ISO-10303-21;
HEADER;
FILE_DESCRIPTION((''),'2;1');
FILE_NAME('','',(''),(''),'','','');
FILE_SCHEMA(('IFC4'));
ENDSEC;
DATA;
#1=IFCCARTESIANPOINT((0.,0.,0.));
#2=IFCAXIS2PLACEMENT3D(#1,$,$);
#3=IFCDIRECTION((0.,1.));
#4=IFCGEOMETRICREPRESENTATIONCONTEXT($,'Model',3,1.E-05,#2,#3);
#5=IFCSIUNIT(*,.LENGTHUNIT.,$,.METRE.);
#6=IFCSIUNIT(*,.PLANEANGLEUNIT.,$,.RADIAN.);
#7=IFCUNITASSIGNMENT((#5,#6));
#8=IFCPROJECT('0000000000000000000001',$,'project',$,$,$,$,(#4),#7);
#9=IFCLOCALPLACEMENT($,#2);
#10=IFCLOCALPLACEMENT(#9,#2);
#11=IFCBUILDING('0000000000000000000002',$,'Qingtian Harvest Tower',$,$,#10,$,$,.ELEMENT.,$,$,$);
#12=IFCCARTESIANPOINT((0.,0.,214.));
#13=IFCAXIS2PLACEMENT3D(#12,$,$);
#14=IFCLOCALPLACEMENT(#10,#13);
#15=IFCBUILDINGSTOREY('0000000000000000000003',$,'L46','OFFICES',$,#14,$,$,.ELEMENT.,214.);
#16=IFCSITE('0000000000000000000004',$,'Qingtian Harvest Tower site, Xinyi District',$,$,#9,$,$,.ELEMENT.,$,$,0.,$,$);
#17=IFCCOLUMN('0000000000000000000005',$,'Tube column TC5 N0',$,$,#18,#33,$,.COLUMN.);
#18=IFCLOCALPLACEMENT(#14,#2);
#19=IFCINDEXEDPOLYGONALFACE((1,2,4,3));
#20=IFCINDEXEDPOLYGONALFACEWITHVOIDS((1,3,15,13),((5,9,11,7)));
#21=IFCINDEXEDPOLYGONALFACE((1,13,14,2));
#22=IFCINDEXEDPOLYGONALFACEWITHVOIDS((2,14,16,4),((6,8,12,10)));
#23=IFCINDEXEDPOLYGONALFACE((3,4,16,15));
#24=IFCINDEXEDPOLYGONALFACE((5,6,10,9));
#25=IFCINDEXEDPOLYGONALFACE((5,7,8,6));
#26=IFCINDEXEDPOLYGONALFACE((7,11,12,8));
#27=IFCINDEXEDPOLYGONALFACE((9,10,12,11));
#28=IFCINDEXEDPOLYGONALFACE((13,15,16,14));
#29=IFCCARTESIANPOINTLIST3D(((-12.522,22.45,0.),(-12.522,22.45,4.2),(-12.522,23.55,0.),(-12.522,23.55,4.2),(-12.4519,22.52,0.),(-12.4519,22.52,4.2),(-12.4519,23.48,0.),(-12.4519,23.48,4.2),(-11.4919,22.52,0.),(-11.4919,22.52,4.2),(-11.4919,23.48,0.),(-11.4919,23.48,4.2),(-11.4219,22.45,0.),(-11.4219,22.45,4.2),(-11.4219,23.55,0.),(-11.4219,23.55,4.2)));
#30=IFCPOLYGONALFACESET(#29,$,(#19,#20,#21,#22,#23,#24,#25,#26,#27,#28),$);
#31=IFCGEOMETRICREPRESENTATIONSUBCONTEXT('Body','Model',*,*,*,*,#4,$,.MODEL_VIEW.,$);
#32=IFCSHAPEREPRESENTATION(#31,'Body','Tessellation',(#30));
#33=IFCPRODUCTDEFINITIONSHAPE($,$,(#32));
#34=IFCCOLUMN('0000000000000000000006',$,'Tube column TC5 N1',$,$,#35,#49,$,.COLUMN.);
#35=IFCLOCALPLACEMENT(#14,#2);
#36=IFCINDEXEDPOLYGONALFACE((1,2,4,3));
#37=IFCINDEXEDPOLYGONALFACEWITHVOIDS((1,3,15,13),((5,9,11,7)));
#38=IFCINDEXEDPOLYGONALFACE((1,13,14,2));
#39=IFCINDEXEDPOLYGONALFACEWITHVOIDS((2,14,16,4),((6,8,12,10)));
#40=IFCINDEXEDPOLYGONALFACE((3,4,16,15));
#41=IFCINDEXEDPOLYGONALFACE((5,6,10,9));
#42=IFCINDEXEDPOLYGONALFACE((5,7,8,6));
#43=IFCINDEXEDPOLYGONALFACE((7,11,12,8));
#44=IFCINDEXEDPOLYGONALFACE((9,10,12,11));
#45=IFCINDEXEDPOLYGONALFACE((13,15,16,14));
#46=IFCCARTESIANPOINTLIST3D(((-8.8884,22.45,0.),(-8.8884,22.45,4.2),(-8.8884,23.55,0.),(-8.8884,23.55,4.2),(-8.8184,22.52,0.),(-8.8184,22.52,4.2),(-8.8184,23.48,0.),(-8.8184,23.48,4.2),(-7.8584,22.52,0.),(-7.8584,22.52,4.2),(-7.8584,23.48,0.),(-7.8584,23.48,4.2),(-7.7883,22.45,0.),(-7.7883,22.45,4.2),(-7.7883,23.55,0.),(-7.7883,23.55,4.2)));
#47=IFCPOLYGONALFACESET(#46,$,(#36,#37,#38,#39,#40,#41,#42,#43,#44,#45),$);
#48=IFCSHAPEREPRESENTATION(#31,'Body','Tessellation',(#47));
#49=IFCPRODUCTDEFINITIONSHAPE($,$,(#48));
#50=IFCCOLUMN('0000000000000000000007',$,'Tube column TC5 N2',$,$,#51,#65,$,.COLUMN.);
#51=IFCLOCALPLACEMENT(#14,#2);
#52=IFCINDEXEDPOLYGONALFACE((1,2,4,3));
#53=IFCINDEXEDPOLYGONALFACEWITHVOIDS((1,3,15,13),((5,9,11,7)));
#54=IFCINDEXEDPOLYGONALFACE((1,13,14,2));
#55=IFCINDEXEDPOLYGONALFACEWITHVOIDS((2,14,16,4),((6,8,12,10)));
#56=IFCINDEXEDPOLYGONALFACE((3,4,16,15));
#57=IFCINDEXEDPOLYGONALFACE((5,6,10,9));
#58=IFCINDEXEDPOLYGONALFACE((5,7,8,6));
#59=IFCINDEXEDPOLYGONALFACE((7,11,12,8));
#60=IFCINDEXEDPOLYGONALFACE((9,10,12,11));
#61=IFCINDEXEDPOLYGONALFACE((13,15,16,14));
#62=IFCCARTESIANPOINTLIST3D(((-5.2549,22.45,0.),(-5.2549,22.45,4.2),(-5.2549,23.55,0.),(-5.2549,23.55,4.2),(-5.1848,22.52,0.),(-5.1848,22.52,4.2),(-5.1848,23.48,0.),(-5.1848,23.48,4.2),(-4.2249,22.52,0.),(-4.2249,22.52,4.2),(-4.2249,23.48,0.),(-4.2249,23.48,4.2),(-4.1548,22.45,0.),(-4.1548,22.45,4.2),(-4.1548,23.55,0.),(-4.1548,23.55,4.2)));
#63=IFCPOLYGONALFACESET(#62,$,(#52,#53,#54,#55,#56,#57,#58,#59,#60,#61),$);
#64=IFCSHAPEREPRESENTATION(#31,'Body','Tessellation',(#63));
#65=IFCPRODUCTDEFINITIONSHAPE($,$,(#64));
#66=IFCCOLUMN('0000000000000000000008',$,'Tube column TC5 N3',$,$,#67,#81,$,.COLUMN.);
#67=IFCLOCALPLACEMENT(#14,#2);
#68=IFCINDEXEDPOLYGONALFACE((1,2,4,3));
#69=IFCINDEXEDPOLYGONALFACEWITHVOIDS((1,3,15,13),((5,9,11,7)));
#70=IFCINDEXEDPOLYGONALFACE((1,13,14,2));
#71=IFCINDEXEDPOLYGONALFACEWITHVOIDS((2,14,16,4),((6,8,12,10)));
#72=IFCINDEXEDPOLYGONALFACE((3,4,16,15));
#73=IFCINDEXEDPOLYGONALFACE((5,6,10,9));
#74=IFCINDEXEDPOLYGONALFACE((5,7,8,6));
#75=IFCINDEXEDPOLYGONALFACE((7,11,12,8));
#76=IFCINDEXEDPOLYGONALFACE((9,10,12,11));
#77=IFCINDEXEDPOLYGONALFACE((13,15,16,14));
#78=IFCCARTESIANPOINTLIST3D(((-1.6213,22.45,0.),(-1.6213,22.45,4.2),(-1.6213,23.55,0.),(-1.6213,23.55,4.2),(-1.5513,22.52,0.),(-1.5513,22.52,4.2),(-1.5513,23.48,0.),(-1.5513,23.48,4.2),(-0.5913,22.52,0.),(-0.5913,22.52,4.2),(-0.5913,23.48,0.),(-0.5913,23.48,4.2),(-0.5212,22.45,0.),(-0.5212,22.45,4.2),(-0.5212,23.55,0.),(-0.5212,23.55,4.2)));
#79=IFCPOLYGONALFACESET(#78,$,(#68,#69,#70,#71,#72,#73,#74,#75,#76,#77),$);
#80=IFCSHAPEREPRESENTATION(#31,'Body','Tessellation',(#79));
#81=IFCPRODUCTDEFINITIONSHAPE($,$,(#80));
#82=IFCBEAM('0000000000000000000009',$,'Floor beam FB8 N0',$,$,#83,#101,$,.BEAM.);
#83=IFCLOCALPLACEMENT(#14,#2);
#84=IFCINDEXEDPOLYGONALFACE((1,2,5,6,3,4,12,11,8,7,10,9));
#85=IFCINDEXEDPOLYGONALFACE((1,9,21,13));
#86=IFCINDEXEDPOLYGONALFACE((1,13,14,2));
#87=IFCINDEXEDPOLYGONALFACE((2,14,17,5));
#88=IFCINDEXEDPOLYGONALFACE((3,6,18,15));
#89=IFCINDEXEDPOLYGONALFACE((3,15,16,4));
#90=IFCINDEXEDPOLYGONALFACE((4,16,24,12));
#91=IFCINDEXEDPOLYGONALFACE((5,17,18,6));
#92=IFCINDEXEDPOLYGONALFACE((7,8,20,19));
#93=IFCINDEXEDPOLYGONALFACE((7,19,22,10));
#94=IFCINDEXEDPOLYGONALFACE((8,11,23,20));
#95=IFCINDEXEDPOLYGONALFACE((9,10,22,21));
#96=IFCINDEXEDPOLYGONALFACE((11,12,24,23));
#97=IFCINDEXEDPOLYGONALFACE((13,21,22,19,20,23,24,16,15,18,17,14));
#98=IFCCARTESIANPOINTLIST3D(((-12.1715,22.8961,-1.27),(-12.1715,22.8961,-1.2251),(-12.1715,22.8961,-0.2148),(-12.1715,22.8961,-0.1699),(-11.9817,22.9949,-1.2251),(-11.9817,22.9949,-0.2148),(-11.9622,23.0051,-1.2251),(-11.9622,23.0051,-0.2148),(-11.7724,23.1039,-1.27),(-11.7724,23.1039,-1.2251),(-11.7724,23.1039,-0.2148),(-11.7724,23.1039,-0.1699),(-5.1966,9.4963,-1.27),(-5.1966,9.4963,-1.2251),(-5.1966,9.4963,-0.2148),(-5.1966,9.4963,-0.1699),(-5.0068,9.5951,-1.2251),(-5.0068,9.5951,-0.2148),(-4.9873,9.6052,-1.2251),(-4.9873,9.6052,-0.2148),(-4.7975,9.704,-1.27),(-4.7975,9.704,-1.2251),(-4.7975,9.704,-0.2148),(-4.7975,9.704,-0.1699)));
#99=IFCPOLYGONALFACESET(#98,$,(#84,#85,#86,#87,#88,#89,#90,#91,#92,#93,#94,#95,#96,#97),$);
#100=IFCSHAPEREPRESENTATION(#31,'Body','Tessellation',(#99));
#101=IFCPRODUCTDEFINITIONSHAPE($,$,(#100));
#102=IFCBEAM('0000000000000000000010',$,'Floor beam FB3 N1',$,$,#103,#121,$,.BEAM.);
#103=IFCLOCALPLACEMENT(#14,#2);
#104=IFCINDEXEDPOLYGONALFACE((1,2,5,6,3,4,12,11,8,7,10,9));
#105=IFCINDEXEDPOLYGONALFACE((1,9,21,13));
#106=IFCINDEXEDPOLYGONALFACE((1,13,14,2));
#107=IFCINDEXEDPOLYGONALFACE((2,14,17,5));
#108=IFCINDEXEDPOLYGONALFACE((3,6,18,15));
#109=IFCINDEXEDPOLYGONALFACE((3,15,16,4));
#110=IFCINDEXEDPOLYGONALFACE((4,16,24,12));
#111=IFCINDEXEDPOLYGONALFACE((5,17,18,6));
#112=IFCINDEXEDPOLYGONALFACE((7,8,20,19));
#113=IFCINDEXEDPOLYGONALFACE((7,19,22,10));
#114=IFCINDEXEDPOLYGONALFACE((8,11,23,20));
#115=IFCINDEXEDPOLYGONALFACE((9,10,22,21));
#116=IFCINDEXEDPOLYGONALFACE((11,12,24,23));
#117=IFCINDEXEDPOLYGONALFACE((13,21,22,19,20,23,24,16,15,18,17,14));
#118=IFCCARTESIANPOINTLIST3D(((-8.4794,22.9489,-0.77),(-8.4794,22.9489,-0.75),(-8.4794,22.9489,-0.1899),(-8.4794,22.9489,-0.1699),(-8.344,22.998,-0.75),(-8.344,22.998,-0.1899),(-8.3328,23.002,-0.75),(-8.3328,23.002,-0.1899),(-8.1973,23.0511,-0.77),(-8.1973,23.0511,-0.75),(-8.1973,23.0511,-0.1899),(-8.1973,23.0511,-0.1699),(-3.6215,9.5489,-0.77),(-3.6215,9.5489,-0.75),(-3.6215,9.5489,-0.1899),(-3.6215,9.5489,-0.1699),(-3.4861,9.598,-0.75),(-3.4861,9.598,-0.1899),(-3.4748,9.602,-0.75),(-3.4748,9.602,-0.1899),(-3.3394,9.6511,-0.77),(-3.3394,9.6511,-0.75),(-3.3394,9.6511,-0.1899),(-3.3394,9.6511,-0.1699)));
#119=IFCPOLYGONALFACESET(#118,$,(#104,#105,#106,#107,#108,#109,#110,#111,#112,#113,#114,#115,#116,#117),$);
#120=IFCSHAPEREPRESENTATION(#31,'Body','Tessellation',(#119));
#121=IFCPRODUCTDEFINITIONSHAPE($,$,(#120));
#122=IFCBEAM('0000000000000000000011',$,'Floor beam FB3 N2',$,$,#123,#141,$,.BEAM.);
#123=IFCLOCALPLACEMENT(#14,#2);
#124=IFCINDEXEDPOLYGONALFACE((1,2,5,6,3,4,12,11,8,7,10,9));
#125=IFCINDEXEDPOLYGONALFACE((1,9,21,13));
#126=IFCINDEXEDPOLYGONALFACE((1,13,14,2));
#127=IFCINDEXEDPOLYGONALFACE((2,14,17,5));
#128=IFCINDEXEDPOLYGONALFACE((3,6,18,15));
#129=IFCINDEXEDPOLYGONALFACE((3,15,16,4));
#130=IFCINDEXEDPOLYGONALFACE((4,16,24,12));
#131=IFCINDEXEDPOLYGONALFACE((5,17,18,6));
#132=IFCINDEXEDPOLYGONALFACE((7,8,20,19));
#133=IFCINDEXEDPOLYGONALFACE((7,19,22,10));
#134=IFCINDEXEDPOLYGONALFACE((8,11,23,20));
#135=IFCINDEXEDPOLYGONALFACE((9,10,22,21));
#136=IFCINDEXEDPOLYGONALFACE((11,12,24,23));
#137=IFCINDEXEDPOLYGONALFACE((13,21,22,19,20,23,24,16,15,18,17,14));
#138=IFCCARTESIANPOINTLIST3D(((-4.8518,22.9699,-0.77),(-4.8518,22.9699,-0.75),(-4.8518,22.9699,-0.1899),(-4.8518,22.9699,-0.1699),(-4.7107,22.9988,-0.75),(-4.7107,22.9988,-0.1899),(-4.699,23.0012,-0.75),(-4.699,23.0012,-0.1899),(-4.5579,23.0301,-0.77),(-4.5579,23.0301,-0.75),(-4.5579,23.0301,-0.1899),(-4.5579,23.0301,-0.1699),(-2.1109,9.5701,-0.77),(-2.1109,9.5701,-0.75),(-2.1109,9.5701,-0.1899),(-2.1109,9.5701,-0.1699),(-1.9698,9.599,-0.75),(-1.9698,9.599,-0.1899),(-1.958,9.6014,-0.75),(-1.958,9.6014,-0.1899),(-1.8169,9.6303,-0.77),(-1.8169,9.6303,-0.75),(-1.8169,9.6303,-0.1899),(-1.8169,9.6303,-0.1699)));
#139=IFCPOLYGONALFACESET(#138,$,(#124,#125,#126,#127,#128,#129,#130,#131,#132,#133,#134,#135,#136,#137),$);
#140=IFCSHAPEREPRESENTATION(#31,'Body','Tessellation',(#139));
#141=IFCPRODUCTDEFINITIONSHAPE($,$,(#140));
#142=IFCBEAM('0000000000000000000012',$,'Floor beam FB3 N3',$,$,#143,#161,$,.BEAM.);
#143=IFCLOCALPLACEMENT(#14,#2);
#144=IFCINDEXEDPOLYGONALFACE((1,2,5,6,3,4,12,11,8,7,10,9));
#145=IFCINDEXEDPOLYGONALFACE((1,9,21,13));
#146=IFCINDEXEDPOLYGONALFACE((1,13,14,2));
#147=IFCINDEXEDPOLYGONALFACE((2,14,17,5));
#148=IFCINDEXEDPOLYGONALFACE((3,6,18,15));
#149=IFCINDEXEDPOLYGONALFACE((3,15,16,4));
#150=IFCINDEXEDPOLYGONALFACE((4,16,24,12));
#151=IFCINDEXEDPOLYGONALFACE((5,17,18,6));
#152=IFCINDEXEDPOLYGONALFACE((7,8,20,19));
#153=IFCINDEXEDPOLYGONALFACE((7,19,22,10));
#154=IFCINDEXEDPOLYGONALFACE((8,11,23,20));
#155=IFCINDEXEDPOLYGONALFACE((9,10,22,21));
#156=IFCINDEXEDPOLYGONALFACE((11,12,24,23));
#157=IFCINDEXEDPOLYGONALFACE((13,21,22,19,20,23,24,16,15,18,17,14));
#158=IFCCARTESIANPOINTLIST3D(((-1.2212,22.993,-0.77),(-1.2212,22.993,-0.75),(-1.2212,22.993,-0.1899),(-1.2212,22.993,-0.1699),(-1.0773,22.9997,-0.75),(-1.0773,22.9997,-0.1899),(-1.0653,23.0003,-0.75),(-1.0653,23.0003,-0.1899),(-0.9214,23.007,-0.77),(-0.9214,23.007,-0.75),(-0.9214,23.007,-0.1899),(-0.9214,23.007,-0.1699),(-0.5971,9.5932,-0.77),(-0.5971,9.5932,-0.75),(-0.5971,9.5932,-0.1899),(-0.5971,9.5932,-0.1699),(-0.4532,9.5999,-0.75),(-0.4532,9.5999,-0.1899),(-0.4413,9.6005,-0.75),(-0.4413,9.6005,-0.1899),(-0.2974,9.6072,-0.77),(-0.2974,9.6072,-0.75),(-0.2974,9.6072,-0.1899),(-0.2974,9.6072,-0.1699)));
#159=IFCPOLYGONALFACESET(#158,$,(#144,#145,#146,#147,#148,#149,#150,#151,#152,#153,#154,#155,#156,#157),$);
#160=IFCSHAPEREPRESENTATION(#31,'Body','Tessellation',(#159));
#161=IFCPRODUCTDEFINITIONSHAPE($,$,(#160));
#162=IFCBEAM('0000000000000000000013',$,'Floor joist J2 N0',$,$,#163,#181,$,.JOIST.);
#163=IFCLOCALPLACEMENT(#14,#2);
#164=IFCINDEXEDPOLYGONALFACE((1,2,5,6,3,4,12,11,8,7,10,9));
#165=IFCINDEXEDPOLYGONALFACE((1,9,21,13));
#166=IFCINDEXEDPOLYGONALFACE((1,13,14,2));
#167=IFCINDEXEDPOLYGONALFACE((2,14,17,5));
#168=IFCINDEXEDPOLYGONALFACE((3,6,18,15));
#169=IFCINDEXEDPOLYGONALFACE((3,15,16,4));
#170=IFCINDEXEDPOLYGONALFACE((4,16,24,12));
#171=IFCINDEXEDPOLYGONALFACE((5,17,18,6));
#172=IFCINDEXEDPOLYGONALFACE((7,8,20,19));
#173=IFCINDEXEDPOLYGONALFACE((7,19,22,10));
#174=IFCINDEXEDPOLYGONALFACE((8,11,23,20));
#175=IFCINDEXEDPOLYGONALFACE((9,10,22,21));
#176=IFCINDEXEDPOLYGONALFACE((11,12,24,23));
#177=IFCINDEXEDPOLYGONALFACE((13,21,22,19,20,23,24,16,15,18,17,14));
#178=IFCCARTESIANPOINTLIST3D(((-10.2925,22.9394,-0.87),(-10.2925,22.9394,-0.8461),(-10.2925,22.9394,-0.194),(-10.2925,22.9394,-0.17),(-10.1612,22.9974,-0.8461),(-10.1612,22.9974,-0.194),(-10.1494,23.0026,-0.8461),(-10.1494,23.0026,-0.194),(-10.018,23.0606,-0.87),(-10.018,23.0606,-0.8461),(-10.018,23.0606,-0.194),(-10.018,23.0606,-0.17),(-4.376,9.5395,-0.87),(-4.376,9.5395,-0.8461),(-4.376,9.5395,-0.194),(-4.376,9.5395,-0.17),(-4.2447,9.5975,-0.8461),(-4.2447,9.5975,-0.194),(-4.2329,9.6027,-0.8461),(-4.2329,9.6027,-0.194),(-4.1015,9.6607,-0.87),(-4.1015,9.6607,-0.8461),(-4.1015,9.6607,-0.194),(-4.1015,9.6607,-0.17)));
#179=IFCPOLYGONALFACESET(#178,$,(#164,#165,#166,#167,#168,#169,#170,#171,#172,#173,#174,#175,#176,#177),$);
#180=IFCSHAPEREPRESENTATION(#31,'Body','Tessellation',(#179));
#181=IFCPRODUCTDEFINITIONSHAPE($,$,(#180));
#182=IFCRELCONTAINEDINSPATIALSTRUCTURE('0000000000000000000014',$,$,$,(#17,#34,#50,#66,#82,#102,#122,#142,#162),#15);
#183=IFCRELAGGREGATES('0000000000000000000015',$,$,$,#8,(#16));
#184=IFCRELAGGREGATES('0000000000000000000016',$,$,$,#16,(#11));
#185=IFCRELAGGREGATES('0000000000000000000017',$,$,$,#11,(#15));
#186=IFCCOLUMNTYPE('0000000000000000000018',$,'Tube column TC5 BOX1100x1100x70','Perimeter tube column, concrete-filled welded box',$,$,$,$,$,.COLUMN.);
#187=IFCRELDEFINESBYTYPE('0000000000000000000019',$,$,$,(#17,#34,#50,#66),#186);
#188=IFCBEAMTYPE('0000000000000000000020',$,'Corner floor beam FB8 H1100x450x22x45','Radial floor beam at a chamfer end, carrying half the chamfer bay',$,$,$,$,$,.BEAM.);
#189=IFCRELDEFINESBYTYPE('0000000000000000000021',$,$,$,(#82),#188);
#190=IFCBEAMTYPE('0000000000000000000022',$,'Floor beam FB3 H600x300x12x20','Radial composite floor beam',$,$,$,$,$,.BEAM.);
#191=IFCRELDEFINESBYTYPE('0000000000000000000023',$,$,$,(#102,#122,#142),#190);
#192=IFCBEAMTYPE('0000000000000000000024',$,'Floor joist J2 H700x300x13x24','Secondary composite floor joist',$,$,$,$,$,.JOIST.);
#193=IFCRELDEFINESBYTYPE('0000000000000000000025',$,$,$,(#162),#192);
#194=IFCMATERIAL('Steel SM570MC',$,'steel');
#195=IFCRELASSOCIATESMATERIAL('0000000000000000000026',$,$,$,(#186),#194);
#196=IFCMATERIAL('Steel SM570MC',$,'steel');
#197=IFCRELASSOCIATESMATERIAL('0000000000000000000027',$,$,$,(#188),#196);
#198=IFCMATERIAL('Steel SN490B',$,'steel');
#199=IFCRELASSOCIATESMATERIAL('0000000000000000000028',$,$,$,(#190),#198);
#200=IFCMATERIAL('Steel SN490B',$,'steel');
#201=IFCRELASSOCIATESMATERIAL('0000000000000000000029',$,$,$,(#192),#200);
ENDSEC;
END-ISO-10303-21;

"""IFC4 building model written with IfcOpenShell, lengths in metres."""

from ifc_helpers import new_model, si_unit, direction, frame, origin, origin_2d, place, context, subcontext, project, spatial, hollow_rectangle, i_section, extrude, material, material_profile, profile_set, type_object, element, save


model = new_model("IFC4")

# Units and contexts
model_context = context("Model", 3, precision=1e-05, world=origin(), true_north=direction((0.0, 1.0)))
body_context = subcontext(model_context, "Body", "Model", "MODEL_VIEW")
ifc_project = project(units=[si_unit("LENGTHUNIT", "METRE"), si_unit("PLANEANGLEUNIT", "RADIAN")], contexts=[model_context])

# Site, building, storey
site_placement = place(None, origin())
site = spatial("IfcSite", under=ifc_project, at=site_placement, Name="Qingtian Harvest Tower site, Xinyi District", CompositionType="ELEMENT", RefElevation=0.0)
building_placement = place(site_placement, origin())
building = spatial("IfcBuilding", under=site, at=building_placement, Name="Qingtian Harvest Tower", CompositionType="ELEMENT")
storey_placement = place(building_placement, frame((0.0, 0.0, 214.0)))
storey = spatial("IfcBuildingStorey", under=building, at=storey_placement, Name="L46", Description="OFFICES", CompositionType="ELEMENT", Elevation=214.0)

# Columns
ifc_material_1 = material(Name="Steel SM570MC", Category="steel")
ifc_material_profile_1 = material_profile(ifc_material_1, hollow_rectangle(XDim=1.1001, YDim=1.1001, WallThickness=0.0701, at=origin_2d()), Name="BOX1100x1100x70")
ifc_profile_set_1 = profile_set([ifc_material_profile_1], Name="Steel SM570MC")
column_type = type_object("IfcColumnType", Name="Tube column TC5 BOX1100x1100x70", Description="Perimeter tube column, concrete-filled welded box", PredefinedType="COLUMN", material=ifc_profile_set_1)
for number, where, z_axis, x_axis, name in (
    (1, (-11.9719, 23.0, 0.0), (0.0, 0.0, 1.0), (-1.0, 0.0, 0.0), "Tube column TC5 N0"),
    (2, (-8.3384, 23.0, 0.0), (0.0, 0.0, 1.0), (-1.0, 0.0, 0.0), "Tube column TC5 N1"),
    (3, (-4.7048, 23.0, 0.0), (0.0, 0.0, 1.0), (-1.0, 0.0, 0.0), "Tube column TC5 N2"),
    (4, (-1.0713, 23.0, 0.0), (0.0, 0.0, 1.0), (-1.0, 0.0, 0.0), "Tube column TC5 N3"),
):
    element("IfcColumn", number, at=place(storey_placement, frame(where, z_axis=z_axis, x_axis=x_axis)), inside=storey, type_object=column_type, Name=name, PredefinedType="COLUMN", context=body_context, shape_type="SweptSolid", body=[
        extrude(hollow_rectangle(XDim=1.1001, YDim=1.1001, WallThickness=0.0701, at=origin_2d()), origin(), (0.0, 0.0, 1.0), 4.2),
    ])

# Beams
ifc_material_2 = material(Name="Steel SM570MC", Category="steel")
ifc_material_profile_2 = material_profile(ifc_material_2, i_section(OverallWidth=0.45, OverallDepth=1.1001, WebThickness=0.022, FlangeThickness=0.0449, at=origin_2d()), Name="H1100x450x22x45")
ifc_profile_set_2 = profile_set([ifc_material_profile_2], Name="Steel SM570MC")
beam_type_1 = type_object("IfcBeamType", Name="Corner floor beam FB8 H1100x450x22x45", Description="Radial floor beam at a chamfer end, carrying half the chamfer bay", PredefinedType="BEAM", material=ifc_profile_set_2)
beam_1_placement = place(storey_placement, frame((-11.9719, 23.0, -0.72), z_axis=(0.461712, -0.88703, 0.0), x_axis=(0.88703, 0.461712, 0.0)))
element("IfcBeam", 5, at=beam_1_placement, inside=storey, type_object=beam_type_1, Name="Floor beam FB8 N0", PredefinedType="BEAM", context=body_context, shape_type="SweptSolid", body=[
    extrude(i_section(OverallWidth=0.45, OverallDepth=1.1001, WebThickness=0.022, FlangeThickness=0.0449, at=origin_2d()), origin(), (0.0, 0.0, 1.0), 15.1064),
])
ifc_material_3 = material(Name="Steel SN490B", Category="steel")
ifc_material_profile_3 = material_profile(ifc_material_3, i_section(OverallWidth=0.3, OverallDepth=0.6001, WebThickness=0.012, FlangeThickness=0.02, at=origin_2d()), Name="H600x300x12x20")
ifc_profile_set_3 = profile_set([ifc_material_profile_3], Name="Steel SN490B")
beam_type_2 = type_object("IfcBeamType", Name="Floor beam FB3 H600x300x12x20", Description="Radial composite floor beam", PredefinedType="BEAM", material=ifc_profile_set_3)
beam_2_placement = place(storey_placement, frame((-8.3384, 23.0, -0.47), z_axis=(0.340827, -0.940126, 0.0), x_axis=(0.940126, 0.340827, 0.0)))
element("IfcBeam", 6, at=beam_2_placement, inside=storey, type_object=beam_type_2, Name="Floor beam FB3 N1", PredefinedType="BEAM", context=body_context, shape_type="SweptSolid", body=[
    extrude(i_section(OverallWidth=0.3, OverallDepth=0.6001, WebThickness=0.012, FlangeThickness=0.02, at=origin_2d()), origin(), (0.0, 0.0, 1.0), 14.2534),
])
beam_3_placement = place(storey_placement, frame((-4.7048, 23.0, -0.47), z_axis=(0.200402, -0.979714, 0.0), x_axis=(0.979714, 0.200402, 0.0)))
element("IfcBeam", 7, at=beam_3_placement, inside=storey, type_object=beam_type_2, Name="Floor beam FB3 N2", PredefinedType="BEAM", context=body_context, shape_type="SweptSolid", body=[
    extrude(i_section(OverallWidth=0.3, OverallDepth=0.6001, WebThickness=0.012, FlangeThickness=0.02, at=origin_2d()), origin(), (0.0, 0.0, 1.0), 13.6772),
])
beam_4_placement = place(storey_placement, frame((-1.0713, 23.0, -0.47), z_axis=(0.046519, -0.998917, 0.0), x_axis=(0.998917, 0.046519, 0.0)))
element("IfcBeam", 8, at=beam_4_placement, inside=storey, type_object=beam_type_2, Name="Floor beam FB3 N3", PredefinedType="BEAM", context=body_context, shape_type="SweptSolid", body=[
    extrude(i_section(OverallWidth=0.3, OverallDepth=0.6001, WebThickness=0.012, FlangeThickness=0.02, at=origin_2d()), origin(), (0.0, 0.0, 1.0), 13.4143),
])
ifc_material_4 = material(Name="Steel SN490B", Category="steel")
ifc_material_profile_4 = material_profile(ifc_material_4, i_section(OverallWidth=0.3, OverallDepth=0.7, WebThickness=0.0129, FlangeThickness=0.0239, at=origin_2d()), Name="H700x300x13x24")
ifc_profile_set_4 = profile_set([ifc_material_profile_4], Name="Steel SN490B")
beam_type_3 = type_object("IfcBeamType", Name="Floor joist J2 H700x300x13x24", Description="Secondary composite floor joist", PredefinedType="JOIST", material=ifc_profile_set_4)
beam_5_placement = place(storey_placement, frame((-10.1553, 23.0, -0.52), z_axis=(0.403913, -0.914797, 0.0), x_axis=(0.914797, 0.403913, 0.0)))
element("IfcBeam", 9, at=beam_5_placement, inside=storey, type_object=beam_type_3, Name="Floor joist J2 N0", PredefinedType="JOIST", context=body_context, shape_type="SweptSolid", body=[
    extrude(i_section(OverallWidth=0.3, OverallDepth=0.7, WebThickness=0.0129, FlangeThickness=0.0239, at=origin_2d()), origin(), (0.0, 0.0, 1.0), 14.6479),
])

save(model, "model.ifc")
